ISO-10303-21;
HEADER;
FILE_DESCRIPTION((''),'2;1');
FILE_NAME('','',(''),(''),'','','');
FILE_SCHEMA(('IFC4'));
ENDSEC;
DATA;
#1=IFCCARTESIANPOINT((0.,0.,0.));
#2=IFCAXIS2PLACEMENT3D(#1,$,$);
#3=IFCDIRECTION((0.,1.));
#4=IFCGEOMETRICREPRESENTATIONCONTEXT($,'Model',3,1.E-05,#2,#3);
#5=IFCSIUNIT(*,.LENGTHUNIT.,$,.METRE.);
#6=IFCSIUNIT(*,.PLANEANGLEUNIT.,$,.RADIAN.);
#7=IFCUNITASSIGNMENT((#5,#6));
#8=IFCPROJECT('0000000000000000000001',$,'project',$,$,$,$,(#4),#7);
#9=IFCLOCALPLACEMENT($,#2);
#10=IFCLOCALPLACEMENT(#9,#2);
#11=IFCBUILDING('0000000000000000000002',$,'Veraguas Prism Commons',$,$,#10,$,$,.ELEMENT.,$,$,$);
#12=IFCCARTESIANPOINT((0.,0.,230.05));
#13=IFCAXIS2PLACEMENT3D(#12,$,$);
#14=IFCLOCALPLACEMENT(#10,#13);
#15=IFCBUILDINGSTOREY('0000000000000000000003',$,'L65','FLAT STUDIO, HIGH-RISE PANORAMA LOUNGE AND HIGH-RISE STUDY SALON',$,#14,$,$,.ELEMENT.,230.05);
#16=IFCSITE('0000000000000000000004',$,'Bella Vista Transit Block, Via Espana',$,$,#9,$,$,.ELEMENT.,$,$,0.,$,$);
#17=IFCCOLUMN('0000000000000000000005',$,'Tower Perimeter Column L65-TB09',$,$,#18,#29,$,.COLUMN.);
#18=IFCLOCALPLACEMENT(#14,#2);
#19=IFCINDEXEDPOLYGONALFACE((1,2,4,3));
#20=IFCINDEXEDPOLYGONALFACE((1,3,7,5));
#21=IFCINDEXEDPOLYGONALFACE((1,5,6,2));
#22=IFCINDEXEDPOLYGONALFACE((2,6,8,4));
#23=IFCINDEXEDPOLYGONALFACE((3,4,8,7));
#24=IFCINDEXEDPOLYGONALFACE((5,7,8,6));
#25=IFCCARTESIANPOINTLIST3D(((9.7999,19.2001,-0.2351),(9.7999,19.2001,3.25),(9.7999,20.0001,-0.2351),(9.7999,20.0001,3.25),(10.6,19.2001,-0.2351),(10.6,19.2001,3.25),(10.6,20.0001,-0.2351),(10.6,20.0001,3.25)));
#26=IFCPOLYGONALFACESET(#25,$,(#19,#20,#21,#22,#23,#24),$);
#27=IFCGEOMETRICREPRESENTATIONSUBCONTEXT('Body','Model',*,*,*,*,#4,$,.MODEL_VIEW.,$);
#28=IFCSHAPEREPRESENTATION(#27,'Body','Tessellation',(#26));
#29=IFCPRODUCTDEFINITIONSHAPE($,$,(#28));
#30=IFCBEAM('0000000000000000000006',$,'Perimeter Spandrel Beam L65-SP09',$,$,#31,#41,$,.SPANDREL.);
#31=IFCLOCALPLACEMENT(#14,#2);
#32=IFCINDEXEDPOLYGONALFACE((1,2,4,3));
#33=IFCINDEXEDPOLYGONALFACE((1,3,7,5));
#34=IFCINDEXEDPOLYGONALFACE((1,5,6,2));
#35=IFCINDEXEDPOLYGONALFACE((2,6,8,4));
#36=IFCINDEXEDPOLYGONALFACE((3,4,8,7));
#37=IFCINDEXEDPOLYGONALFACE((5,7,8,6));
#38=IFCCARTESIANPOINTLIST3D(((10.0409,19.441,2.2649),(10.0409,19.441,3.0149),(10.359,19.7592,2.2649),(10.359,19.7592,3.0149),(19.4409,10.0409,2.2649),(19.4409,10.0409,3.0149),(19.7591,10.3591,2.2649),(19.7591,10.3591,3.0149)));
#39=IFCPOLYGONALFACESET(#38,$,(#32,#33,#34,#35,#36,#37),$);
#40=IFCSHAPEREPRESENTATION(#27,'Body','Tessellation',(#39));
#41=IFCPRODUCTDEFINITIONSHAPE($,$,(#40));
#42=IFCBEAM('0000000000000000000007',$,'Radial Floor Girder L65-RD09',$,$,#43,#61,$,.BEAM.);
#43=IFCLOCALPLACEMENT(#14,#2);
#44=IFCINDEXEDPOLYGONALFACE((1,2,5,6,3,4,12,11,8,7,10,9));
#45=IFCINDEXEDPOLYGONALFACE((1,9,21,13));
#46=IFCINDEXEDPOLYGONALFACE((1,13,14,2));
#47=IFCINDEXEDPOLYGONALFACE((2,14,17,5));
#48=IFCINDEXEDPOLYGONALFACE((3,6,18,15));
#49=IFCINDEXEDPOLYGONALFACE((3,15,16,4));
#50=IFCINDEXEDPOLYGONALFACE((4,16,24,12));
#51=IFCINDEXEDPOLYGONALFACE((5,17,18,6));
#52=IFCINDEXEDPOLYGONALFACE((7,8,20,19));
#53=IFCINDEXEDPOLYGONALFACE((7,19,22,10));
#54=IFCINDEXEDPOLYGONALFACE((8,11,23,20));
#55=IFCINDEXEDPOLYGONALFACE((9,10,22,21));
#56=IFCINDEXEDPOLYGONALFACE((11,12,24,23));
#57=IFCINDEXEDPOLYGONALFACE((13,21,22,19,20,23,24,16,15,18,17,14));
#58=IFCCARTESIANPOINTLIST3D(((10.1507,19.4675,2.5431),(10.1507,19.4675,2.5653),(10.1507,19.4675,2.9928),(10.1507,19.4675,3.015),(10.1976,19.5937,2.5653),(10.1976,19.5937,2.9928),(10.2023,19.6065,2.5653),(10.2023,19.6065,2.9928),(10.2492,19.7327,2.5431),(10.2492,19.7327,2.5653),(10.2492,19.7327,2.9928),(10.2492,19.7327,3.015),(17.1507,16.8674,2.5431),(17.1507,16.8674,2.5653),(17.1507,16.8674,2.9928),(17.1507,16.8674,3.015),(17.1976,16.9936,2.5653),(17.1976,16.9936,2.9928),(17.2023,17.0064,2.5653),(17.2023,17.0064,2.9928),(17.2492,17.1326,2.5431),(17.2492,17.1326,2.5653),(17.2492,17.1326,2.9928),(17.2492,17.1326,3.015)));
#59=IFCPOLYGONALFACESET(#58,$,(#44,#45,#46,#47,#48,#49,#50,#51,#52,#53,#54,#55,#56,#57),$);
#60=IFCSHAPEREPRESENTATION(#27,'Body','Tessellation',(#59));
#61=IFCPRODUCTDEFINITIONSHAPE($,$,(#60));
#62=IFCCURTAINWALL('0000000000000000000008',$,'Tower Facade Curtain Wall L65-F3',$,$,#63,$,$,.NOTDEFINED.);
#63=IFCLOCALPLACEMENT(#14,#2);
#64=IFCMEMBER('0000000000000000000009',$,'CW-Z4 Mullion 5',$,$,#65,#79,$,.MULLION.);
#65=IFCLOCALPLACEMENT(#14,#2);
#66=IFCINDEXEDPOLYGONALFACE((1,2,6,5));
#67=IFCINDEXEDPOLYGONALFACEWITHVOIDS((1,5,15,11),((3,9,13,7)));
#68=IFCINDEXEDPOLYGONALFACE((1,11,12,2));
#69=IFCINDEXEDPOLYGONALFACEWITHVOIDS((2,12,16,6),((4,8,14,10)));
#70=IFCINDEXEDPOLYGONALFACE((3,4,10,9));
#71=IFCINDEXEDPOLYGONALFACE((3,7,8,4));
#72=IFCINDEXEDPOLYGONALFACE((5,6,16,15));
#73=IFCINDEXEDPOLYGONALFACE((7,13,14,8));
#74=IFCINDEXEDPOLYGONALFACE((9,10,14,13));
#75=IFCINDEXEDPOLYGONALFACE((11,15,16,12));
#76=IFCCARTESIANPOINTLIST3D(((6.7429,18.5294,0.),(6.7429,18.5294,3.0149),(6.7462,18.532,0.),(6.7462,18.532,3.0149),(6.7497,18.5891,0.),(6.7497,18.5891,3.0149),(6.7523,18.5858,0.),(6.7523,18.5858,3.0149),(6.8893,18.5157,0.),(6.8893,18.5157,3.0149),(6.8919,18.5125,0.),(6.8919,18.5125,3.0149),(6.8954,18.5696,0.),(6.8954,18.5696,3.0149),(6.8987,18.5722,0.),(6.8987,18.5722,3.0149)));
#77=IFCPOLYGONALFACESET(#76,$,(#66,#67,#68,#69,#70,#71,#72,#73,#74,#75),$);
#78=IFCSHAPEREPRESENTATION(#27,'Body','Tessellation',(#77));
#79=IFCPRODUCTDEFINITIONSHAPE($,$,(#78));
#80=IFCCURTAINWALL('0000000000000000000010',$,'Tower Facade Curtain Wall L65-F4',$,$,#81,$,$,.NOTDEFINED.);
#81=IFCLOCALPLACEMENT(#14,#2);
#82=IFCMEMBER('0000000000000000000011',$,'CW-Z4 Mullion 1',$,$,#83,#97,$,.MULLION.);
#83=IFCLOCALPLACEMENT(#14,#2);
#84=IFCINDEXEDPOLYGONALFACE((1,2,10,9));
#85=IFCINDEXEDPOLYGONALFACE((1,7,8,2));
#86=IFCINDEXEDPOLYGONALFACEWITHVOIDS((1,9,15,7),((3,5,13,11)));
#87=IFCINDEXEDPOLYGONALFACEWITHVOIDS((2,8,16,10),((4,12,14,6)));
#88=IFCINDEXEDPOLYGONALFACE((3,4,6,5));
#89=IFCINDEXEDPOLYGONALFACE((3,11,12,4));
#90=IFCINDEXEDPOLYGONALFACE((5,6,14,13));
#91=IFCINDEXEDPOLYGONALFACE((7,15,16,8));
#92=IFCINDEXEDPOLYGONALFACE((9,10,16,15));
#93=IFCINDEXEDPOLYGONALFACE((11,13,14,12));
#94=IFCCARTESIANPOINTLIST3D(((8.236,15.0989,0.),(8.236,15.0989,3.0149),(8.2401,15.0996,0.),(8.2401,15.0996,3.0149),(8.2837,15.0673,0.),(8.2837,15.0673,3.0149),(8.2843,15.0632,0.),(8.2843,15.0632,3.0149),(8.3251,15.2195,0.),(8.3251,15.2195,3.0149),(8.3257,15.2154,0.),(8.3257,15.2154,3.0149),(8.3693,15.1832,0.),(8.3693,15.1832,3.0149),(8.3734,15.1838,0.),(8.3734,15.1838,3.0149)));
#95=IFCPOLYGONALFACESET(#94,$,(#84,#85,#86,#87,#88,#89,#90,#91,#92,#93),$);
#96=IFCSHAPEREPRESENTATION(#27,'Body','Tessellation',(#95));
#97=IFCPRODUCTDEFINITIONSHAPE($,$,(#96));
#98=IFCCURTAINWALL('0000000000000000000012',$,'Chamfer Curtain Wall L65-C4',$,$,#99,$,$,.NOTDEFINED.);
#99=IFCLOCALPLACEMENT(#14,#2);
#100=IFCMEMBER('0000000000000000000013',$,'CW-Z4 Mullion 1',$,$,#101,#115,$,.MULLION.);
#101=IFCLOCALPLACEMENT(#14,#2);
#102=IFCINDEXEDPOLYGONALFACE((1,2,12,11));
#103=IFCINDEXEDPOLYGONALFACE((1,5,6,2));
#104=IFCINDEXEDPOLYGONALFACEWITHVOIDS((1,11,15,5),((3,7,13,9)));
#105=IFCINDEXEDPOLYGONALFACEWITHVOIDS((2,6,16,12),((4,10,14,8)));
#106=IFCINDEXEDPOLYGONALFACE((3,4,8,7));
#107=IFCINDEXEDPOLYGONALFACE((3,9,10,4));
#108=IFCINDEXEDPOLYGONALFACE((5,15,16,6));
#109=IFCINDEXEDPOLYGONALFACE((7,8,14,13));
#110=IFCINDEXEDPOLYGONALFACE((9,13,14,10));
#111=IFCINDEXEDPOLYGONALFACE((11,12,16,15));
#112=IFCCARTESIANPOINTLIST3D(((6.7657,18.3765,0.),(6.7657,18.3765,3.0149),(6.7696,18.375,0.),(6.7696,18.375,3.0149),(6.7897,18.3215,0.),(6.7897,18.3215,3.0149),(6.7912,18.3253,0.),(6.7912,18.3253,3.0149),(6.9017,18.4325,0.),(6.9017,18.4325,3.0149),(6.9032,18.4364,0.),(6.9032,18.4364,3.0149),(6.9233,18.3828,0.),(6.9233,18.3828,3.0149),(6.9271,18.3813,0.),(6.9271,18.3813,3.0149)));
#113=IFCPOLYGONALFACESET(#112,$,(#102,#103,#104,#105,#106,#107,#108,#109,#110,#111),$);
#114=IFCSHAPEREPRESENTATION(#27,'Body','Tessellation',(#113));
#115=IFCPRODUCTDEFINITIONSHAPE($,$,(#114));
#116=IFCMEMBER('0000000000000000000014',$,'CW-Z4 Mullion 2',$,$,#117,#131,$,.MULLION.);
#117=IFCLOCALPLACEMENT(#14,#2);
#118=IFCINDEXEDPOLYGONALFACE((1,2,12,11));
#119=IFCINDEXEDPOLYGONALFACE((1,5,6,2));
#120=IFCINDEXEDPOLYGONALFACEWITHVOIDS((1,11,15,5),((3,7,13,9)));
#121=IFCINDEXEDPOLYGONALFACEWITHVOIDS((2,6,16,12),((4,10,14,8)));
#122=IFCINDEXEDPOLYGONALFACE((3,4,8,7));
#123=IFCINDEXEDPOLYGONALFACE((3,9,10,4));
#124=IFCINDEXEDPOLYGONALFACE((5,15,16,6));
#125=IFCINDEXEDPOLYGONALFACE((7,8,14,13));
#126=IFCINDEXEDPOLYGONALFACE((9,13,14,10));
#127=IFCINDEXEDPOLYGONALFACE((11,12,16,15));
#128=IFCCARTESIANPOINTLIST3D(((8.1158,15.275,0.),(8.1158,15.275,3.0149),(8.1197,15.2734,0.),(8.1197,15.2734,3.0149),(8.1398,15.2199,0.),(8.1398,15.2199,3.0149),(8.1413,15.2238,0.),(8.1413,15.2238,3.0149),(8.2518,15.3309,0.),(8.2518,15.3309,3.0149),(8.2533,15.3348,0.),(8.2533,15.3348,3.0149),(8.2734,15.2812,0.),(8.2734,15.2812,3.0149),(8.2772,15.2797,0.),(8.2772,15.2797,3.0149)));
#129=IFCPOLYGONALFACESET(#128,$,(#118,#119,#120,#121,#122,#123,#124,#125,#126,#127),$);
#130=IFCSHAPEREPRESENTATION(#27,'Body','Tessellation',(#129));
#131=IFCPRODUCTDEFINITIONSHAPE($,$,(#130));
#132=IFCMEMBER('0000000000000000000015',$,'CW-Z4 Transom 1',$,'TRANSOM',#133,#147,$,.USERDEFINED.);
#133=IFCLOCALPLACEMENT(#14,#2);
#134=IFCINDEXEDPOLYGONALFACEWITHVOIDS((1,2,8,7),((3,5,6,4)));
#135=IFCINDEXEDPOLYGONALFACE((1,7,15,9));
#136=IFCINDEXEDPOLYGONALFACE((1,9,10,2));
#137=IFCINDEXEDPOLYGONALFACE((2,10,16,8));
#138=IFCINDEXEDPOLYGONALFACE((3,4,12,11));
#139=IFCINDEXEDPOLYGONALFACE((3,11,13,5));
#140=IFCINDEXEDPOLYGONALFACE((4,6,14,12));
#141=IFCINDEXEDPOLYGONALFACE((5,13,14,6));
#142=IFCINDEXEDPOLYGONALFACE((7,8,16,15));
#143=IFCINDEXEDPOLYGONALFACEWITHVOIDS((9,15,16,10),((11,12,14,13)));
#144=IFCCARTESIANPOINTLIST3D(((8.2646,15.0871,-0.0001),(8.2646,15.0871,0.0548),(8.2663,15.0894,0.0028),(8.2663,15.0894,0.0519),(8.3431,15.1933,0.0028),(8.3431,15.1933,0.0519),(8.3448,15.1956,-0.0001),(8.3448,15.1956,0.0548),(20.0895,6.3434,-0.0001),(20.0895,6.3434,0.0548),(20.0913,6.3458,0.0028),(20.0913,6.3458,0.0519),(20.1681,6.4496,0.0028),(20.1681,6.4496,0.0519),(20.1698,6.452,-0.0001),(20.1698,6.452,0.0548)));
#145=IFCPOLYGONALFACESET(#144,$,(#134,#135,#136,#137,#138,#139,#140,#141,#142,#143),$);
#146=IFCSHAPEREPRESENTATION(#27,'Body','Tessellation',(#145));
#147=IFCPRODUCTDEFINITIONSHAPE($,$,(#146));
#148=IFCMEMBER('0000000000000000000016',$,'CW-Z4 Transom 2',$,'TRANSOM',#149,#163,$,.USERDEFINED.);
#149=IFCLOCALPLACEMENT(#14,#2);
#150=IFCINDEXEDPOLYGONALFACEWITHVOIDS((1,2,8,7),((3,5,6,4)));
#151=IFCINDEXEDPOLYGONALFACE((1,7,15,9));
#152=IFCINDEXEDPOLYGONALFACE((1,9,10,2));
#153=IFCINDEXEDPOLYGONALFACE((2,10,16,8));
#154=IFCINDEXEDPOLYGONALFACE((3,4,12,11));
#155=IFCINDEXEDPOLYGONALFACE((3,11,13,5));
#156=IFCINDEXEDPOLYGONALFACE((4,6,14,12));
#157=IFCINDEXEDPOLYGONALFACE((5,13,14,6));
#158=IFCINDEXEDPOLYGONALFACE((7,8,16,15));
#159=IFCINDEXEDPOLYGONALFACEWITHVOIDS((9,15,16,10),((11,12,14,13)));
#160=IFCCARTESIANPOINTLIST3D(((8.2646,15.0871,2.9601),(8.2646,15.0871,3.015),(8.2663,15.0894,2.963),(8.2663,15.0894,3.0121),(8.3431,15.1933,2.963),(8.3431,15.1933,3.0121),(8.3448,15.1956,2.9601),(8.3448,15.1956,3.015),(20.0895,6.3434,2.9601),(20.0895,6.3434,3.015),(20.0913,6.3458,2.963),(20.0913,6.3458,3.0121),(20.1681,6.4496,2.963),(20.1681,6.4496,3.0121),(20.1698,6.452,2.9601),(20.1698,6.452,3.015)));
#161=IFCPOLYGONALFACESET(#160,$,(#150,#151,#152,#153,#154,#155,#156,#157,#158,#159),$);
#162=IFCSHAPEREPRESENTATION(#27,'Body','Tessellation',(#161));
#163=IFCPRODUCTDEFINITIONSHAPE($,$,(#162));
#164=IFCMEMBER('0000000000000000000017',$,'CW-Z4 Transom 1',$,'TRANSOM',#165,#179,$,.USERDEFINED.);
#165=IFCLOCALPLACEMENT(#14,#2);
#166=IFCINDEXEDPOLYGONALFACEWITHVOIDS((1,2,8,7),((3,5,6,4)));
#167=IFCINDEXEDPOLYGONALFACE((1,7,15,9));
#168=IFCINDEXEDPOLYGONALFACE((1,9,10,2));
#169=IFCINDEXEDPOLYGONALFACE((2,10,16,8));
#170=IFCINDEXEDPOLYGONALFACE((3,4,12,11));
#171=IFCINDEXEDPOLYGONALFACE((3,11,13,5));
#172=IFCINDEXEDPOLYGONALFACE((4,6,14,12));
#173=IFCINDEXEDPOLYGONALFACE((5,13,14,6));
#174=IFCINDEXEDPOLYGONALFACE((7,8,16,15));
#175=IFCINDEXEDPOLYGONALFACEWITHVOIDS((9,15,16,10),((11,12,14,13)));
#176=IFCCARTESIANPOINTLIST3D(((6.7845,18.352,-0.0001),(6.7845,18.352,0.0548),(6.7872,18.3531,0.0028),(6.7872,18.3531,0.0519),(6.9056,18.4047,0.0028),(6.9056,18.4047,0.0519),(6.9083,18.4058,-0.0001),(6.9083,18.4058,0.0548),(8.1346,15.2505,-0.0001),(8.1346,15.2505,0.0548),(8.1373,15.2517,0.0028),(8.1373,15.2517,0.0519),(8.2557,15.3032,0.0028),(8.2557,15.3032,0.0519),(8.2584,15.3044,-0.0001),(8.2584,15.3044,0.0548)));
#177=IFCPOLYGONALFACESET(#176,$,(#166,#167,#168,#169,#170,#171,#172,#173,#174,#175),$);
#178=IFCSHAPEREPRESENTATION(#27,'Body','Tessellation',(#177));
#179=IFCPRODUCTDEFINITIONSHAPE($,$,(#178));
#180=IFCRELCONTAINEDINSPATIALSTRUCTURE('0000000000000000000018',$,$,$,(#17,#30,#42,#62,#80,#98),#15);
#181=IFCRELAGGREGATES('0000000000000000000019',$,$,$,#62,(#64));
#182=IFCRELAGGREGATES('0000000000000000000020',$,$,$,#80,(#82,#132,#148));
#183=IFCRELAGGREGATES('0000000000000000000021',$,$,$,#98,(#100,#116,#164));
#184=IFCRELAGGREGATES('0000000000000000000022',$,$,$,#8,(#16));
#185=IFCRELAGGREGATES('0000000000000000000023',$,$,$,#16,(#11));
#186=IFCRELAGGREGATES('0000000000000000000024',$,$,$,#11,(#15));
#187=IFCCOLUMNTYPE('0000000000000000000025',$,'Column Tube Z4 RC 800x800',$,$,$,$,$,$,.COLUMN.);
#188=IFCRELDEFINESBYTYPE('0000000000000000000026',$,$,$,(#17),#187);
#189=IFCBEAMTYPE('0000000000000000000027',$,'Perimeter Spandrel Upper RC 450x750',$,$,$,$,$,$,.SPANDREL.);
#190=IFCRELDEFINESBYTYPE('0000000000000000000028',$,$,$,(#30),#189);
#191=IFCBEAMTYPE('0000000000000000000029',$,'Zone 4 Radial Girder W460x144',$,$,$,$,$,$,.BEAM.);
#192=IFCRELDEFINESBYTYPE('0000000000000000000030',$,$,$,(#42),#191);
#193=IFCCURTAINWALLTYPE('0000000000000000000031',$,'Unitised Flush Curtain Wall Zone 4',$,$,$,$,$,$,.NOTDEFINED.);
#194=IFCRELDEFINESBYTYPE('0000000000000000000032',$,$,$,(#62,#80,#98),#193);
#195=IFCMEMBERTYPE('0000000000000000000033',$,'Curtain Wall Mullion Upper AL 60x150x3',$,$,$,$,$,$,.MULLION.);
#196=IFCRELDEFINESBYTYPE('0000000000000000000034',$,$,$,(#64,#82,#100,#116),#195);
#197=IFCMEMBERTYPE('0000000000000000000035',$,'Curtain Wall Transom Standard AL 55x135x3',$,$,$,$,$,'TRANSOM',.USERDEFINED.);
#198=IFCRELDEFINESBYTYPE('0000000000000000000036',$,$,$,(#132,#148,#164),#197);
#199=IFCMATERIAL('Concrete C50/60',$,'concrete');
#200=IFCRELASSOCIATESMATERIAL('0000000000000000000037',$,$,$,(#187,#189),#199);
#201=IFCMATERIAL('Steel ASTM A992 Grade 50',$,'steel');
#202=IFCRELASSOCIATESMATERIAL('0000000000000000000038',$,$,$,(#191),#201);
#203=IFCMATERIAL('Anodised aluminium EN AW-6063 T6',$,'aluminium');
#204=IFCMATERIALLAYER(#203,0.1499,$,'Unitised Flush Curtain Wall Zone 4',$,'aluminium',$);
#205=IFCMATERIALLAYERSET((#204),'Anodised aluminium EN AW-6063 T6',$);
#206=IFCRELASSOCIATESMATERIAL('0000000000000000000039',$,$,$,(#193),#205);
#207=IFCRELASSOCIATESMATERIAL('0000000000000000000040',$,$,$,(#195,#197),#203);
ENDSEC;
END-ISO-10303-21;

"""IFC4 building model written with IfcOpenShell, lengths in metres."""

from ifc_helpers import new_model, si_unit, direction, frame, origin, origin_2d, place, context, subcontext, project, spatial, rectangle, hollow_rectangle, i_section, extrude, source, transform, mapped, material, layer, layer_set, material_profile, profile_set, type_object, element, aggregate, save


model = new_model("IFC4")

# Units and contexts
model_context = context("Model", 3, precision=1e-05, world=origin(), true_north=direction((0.0, 1.0)))
body_context = subcontext(model_context, "Body", "Model", "MODEL_VIEW")
ifc_project = project(units=[si_unit("LENGTHUNIT", "METRE"), si_unit("PLANEANGLEUNIT", "RADIAN")], contexts=[model_context])

# Site, building, storey
site_placement = place(None, origin())
site = spatial("IfcSite", under=ifc_project, at=site_placement, Name="Bella Vista Transit Block, Via Espana", CompositionType="ELEMENT", RefElevation=0.0)
building_placement = place(site_placement, origin())
building = spatial("IfcBuilding", under=site, at=building_placement, Name="Veraguas Prism Commons", CompositionType="ELEMENT")
storey_placement = place(building_placement, frame((0.0, 0.0, 230.05)))
storey = spatial("IfcBuildingStorey", under=building, at=storey_placement, Name="L65", Description="FLAT STUDIO, HIGH-RISE PANORAMA LOUNGE AND HIGH-RISE STUDY SALON", CompositionType="ELEMENT", Elevation=230.05)

# Column
ifc_material_1 = material(Name="Concrete C50/60", Category="concrete")
ifc_material_profile_1 = material_profile(ifc_material_1, rectangle(XDim=0.8, YDim=0.8, at=origin_2d()), Name="RC800X800")
ifc_profile_set_1 = profile_set([ifc_material_profile_1], Name="Concrete C50/60")
column_type = type_object("IfcColumnType", Name="Column Tube Z4 RC 800x800", PredefinedType="COLUMN", material=ifc_profile_set_1)
column_placement = place(storey_placement, frame((10.2, 19.6001, -0.2351), z_axis=(0.0, 0.0, 1.0), x_axis=(1.0, 0.0, 0.0)))
element("IfcColumn", 1, at=column_placement, inside=storey, type_object=column_type, Name="Tower Perimeter Column L65-TB09", PredefinedType="COLUMN", context=body_context, shape_type="SweptSolid", body=[
    extrude(rectangle(XDim=0.8, YDim=0.8, at=origin_2d()), origin(), (0.0, 0.0, 1.0), 3.4851),
])

# Beams
ifc_material_profile_2 = material_profile(ifc_material_1, rectangle(XDim=0.45, YDim=0.75, at=origin_2d()), Name="RC450X750")
ifc_profile_set_2 = profile_set([ifc_material_profile_2], Name="Concrete C50/60")
beam_type_1 = type_object("IfcBeamType", Name="Perimeter Spandrel Upper RC 450x750", PredefinedType="SPANDREL", material=ifc_profile_set_2)
beam_1_placement = place(storey_placement, frame((10.2, 19.6001, 2.6399), z_axis=(0.707107, -0.707107, 0.0), x_axis=(0.707107, 0.707107, 0.0)))
element("IfcBeam", 2, at=beam_1_placement, inside=storey, type_object=beam_type_1, Name="Perimeter Spandrel Beam L65-SP09", PredefinedType="SPANDREL", context=body_context, shape_type="SweptSolid", body=[
    extrude(rectangle(XDim=0.45, YDim=0.75, at=origin_2d()), origin(), (0.0, 0.0, 1.0), 13.2937),
])
ifc_material_2 = material(Name="Steel ASTM A992 Grade 50", Category="steel")
ifc_material_profile_3 = material_profile(ifc_material_2, i_section(OverallWidth=0.283, OverallDepth=0.4719, WebThickness=0.0137, FlangeThickness=0.0222, at=origin_2d()), Name="W460X144")
ifc_profile_set_3 = profile_set([ifc_material_profile_3], Name="Steel ASTM A992 Grade 50")
beam_type_2 = type_object("IfcBeamType", Name="Zone 4 Radial Girder W460x144", PredefinedType="BEAM", material=ifc_profile_set_3)
beam_2_placement = place(storey_placement, frame((10.2, 19.6001, 2.7791), z_axis=(0.937421, -0.348198, 0.0), x_axis=(0.348198, 0.937421, 0.0)))
element("IfcBeam", 3, at=beam_2_placement, inside=storey, type_object=beam_type_2, Name="Radial Floor Girder L65-RD09", PredefinedType="BEAM", context=body_context, shape_type="SweptSolid", body=[
    extrude(i_section(OverallWidth=0.283, OverallDepth=0.4719, WebThickness=0.0137, FlangeThickness=0.0222, at=origin_2d()), origin(), (0.0, 0.0, 1.0), 7.4673),
])

# Curtain walls, members
ifc_material_3 = material(Name="Anodised aluminium EN AW-6063 T6", Category="aluminium")
ifc_layer_1 = layer(ifc_material_3, 0.1499, Name="Unitised Flush Curtain Wall Zone 4", Category="aluminium")
ifc_layer_set_1 = layer_set([ifc_layer_1], Name="Anodised aluminium EN AW-6063 T6")
curtain_wall_type = type_object("IfcCurtainWallType", Name="Unitised Flush Curtain Wall Zone 4", PredefinedType="NOTDEFINED", material=ifc_layer_set_1)
curtain_wall_1_placement = place(storey_placement, origin())
curtain_wall_1 = element("IfcCurtainWall", 4, at=curtain_wall_1_placement, inside=storey, type_object=curtain_wall_type, Name="Tower Facade Curtain Wall L65-F3", PredefinedType="NOTDEFINED")
ifc_material_profile_4 = material_profile(ifc_material_3, hollow_rectangle(XDim=0.0601, YDim=0.1499, WallThickness=0.0029, at=origin_2d()), Name="AL60X150X3")
ifc_profile_set_4 = profile_set([ifc_material_profile_4], Name="Anodised aluminium EN AW-6063 T6")
member_type_1 = type_object("IfcMemberType", Name="Curtain Wall Mullion Upper AL 60x150x3", PredefinedType="MULLION", material=ifc_profile_set_4)
shared_shape_1 = source(origin(), body_context, "Body", "SweptSolid", [
    extrude(hollow_rectangle(XDim=0.0601, YDim=0.1499, WallThickness=0.0029, at=origin_2d()), origin(), (0.0, 0.0, 1.0), 3.0149),
])
member_1_placement = place(storey_placement, frame((6.8208, 18.5508, 0.0), z_axis=(0.0, 0.0, 1.0), x_axis=(-0.112858, -0.993611, 0.0)))
member_1 = element("IfcMember", 5, at=member_1_placement, type_object=member_type_1, Name="CW-Z4 Mullion 5", PredefinedType="MULLION", context=body_context, shape_type="MappedRepresentation", body=[
    mapped(shared_shape_1, transform((0.0, 0.0, 0.0), scale=1.0)),
])
curtain_wall_2_placement = place(storey_placement, origin())
curtain_wall_2 = element("IfcCurtainWall", 6, at=curtain_wall_2_placement, inside=storey, type_object=curtain_wall_type, Name="Tower Facade Curtain Wall L65-F4", PredefinedType="NOTDEFINED")
member_2_placement = place(storey_placement, frame((8.3047, 15.1414, 0.0), z_axis=(0.0, 0.0, 1.0), x_axis=(0.804068, -0.594538, 0.0)))
member_2 = element("IfcMember", 7, at=member_2_placement, type_object=member_type_1, Name="CW-Z4 Mullion 1", PredefinedType="MULLION", context=body_context, shape_type="MappedRepresentation", body=[
    mapped(shared_shape_1, transform((0.0, 0.0, 0.0), scale=1.0)),
])

# Curtain wall, members
curtain_wall_3_placement = place(storey_placement, origin())
curtain_wall_3 = element("IfcCurtainWall", 8, at=curtain_wall_3_placement, inside=storey, type_object=curtain_wall_type, Name="Chamfer Curtain Wall L65-C4", PredefinedType="NOTDEFINED")
member_3_placement = place(storey_placement, frame((6.8464, 18.3789, 0.0), z_axis=(0.0, 0.0, 1.0), x_axis=(0.399084, -0.916915, 0.0)))
member_3 = element("IfcMember", 9, at=member_3_placement, type_object=member_type_1, Name="CW-Z4 Mullion 1", PredefinedType="MULLION", context=body_context, shape_type="MappedRepresentation", body=[
    mapped(shared_shape_1, transform((0.0, 0.0, 0.0), scale=1.0)),
])
member_4_placement = place(storey_placement, frame((8.1965, 15.2773, 0.0), z_axis=(0.0, 0.0, 1.0), x_axis=(0.399084, -0.916915, 0.0)))
member_4 = element("IfcMember", 10, at=member_4_placement, type_object=member_type_1, Name="CW-Z4 Mullion 2", PredefinedType="MULLION", context=body_context, shape_type="MappedRepresentation", body=[
    mapped(shared_shape_1, transform((0.0, 0.0, 0.0), scale=1.0)),
])

# Members
ifc_material_profile_5 = material_profile(ifc_material_3, hollow_rectangle(XDim=0.0549, YDim=0.135, WallThickness=0.0029, at=origin_2d()), Name="AL55X135X3")
ifc_profile_set_5 = profile_set([ifc_material_profile_5], Name="Anodised aluminium EN AW-6063 T6")
member_type_2 = type_object("IfcMemberType", Name="Curtain Wall Transom Standard AL 55x135x3", ElementType="TRANSOM", PredefinedType="USERDEFINED", material=ifc_profile_set_5)
shared_shape_2 = source(origin(), body_context, "Body", "SweptSolid", [
    extrude(hollow_rectangle(XDim=0.0549, YDim=0.135, WallThickness=0.0029, at=origin_2d()), origin(), (0.0, 0.0, 1.0), 14.7065),
])
member_5_placement = place(storey_placement, frame((8.3047, 15.1414, 0.0273), z_axis=(0.804063, -0.594544, 0.0), x_axis=(0.0, 0.0, 1.0)))
member_5 = element("IfcMember", 11, at=member_5_placement, type_object=member_type_2, Name="CW-Z4 Transom 1", ObjectType="TRANSOM", PredefinedType="USERDEFINED", context=body_context, shape_type="MappedRepresentation", body=[
    mapped(shared_shape_2, transform((0.0, 0.0, 0.0), scale=1.0)),
])
member_6_placement = place(storey_placement, frame((8.3047, 15.1414, 2.9875), z_axis=(0.804063, -0.594544, 0.0), x_axis=(0.0, 0.0, 1.0)))
member_6 = element("IfcMember", 12, at=member_6_placement, type_object=member_type_2, Name="CW-Z4 Transom 2", ObjectType="TRANSOM", PredefinedType="USERDEFINED", context=body_context, shape_type="MappedRepresentation", body=[
    mapped(shared_shape_2, transform((0.0, 0.0, 0.0), scale=1.0)),
])
shared_shape_3 = source(origin(), body_context, "Body", "SweptSolid", [
    extrude(hollow_rectangle(XDim=0.0549, YDim=0.135, WallThickness=0.0029, at=origin_2d()), origin(), (0.0, 0.0, 1.0), 3.3826),
])
member_7_placement = place(storey_placement, frame((6.8464, 18.3789, 0.0273), z_axis=(0.399122, -0.916898, 0.0), x_axis=(0.0, 0.0, 1.0)))
member_7 = element("IfcMember", 13, at=member_7_placement, type_object=member_type_2, Name="CW-Z4 Transom 1", ObjectType="TRANSOM", PredefinedType="USERDEFINED", context=body_context, shape_type="MappedRepresentation", body=[
    mapped(shared_shape_3, transform((0.0, 0.0, 0.0), scale=1.0)),
])

aggregate(curtain_wall_1, [member_1])
aggregate(curtain_wall_2, [member_2, member_5, member_6])
aggregate(curtain_wall_3, [member_3, member_4, member_7])

save(model, "model.ifc")
